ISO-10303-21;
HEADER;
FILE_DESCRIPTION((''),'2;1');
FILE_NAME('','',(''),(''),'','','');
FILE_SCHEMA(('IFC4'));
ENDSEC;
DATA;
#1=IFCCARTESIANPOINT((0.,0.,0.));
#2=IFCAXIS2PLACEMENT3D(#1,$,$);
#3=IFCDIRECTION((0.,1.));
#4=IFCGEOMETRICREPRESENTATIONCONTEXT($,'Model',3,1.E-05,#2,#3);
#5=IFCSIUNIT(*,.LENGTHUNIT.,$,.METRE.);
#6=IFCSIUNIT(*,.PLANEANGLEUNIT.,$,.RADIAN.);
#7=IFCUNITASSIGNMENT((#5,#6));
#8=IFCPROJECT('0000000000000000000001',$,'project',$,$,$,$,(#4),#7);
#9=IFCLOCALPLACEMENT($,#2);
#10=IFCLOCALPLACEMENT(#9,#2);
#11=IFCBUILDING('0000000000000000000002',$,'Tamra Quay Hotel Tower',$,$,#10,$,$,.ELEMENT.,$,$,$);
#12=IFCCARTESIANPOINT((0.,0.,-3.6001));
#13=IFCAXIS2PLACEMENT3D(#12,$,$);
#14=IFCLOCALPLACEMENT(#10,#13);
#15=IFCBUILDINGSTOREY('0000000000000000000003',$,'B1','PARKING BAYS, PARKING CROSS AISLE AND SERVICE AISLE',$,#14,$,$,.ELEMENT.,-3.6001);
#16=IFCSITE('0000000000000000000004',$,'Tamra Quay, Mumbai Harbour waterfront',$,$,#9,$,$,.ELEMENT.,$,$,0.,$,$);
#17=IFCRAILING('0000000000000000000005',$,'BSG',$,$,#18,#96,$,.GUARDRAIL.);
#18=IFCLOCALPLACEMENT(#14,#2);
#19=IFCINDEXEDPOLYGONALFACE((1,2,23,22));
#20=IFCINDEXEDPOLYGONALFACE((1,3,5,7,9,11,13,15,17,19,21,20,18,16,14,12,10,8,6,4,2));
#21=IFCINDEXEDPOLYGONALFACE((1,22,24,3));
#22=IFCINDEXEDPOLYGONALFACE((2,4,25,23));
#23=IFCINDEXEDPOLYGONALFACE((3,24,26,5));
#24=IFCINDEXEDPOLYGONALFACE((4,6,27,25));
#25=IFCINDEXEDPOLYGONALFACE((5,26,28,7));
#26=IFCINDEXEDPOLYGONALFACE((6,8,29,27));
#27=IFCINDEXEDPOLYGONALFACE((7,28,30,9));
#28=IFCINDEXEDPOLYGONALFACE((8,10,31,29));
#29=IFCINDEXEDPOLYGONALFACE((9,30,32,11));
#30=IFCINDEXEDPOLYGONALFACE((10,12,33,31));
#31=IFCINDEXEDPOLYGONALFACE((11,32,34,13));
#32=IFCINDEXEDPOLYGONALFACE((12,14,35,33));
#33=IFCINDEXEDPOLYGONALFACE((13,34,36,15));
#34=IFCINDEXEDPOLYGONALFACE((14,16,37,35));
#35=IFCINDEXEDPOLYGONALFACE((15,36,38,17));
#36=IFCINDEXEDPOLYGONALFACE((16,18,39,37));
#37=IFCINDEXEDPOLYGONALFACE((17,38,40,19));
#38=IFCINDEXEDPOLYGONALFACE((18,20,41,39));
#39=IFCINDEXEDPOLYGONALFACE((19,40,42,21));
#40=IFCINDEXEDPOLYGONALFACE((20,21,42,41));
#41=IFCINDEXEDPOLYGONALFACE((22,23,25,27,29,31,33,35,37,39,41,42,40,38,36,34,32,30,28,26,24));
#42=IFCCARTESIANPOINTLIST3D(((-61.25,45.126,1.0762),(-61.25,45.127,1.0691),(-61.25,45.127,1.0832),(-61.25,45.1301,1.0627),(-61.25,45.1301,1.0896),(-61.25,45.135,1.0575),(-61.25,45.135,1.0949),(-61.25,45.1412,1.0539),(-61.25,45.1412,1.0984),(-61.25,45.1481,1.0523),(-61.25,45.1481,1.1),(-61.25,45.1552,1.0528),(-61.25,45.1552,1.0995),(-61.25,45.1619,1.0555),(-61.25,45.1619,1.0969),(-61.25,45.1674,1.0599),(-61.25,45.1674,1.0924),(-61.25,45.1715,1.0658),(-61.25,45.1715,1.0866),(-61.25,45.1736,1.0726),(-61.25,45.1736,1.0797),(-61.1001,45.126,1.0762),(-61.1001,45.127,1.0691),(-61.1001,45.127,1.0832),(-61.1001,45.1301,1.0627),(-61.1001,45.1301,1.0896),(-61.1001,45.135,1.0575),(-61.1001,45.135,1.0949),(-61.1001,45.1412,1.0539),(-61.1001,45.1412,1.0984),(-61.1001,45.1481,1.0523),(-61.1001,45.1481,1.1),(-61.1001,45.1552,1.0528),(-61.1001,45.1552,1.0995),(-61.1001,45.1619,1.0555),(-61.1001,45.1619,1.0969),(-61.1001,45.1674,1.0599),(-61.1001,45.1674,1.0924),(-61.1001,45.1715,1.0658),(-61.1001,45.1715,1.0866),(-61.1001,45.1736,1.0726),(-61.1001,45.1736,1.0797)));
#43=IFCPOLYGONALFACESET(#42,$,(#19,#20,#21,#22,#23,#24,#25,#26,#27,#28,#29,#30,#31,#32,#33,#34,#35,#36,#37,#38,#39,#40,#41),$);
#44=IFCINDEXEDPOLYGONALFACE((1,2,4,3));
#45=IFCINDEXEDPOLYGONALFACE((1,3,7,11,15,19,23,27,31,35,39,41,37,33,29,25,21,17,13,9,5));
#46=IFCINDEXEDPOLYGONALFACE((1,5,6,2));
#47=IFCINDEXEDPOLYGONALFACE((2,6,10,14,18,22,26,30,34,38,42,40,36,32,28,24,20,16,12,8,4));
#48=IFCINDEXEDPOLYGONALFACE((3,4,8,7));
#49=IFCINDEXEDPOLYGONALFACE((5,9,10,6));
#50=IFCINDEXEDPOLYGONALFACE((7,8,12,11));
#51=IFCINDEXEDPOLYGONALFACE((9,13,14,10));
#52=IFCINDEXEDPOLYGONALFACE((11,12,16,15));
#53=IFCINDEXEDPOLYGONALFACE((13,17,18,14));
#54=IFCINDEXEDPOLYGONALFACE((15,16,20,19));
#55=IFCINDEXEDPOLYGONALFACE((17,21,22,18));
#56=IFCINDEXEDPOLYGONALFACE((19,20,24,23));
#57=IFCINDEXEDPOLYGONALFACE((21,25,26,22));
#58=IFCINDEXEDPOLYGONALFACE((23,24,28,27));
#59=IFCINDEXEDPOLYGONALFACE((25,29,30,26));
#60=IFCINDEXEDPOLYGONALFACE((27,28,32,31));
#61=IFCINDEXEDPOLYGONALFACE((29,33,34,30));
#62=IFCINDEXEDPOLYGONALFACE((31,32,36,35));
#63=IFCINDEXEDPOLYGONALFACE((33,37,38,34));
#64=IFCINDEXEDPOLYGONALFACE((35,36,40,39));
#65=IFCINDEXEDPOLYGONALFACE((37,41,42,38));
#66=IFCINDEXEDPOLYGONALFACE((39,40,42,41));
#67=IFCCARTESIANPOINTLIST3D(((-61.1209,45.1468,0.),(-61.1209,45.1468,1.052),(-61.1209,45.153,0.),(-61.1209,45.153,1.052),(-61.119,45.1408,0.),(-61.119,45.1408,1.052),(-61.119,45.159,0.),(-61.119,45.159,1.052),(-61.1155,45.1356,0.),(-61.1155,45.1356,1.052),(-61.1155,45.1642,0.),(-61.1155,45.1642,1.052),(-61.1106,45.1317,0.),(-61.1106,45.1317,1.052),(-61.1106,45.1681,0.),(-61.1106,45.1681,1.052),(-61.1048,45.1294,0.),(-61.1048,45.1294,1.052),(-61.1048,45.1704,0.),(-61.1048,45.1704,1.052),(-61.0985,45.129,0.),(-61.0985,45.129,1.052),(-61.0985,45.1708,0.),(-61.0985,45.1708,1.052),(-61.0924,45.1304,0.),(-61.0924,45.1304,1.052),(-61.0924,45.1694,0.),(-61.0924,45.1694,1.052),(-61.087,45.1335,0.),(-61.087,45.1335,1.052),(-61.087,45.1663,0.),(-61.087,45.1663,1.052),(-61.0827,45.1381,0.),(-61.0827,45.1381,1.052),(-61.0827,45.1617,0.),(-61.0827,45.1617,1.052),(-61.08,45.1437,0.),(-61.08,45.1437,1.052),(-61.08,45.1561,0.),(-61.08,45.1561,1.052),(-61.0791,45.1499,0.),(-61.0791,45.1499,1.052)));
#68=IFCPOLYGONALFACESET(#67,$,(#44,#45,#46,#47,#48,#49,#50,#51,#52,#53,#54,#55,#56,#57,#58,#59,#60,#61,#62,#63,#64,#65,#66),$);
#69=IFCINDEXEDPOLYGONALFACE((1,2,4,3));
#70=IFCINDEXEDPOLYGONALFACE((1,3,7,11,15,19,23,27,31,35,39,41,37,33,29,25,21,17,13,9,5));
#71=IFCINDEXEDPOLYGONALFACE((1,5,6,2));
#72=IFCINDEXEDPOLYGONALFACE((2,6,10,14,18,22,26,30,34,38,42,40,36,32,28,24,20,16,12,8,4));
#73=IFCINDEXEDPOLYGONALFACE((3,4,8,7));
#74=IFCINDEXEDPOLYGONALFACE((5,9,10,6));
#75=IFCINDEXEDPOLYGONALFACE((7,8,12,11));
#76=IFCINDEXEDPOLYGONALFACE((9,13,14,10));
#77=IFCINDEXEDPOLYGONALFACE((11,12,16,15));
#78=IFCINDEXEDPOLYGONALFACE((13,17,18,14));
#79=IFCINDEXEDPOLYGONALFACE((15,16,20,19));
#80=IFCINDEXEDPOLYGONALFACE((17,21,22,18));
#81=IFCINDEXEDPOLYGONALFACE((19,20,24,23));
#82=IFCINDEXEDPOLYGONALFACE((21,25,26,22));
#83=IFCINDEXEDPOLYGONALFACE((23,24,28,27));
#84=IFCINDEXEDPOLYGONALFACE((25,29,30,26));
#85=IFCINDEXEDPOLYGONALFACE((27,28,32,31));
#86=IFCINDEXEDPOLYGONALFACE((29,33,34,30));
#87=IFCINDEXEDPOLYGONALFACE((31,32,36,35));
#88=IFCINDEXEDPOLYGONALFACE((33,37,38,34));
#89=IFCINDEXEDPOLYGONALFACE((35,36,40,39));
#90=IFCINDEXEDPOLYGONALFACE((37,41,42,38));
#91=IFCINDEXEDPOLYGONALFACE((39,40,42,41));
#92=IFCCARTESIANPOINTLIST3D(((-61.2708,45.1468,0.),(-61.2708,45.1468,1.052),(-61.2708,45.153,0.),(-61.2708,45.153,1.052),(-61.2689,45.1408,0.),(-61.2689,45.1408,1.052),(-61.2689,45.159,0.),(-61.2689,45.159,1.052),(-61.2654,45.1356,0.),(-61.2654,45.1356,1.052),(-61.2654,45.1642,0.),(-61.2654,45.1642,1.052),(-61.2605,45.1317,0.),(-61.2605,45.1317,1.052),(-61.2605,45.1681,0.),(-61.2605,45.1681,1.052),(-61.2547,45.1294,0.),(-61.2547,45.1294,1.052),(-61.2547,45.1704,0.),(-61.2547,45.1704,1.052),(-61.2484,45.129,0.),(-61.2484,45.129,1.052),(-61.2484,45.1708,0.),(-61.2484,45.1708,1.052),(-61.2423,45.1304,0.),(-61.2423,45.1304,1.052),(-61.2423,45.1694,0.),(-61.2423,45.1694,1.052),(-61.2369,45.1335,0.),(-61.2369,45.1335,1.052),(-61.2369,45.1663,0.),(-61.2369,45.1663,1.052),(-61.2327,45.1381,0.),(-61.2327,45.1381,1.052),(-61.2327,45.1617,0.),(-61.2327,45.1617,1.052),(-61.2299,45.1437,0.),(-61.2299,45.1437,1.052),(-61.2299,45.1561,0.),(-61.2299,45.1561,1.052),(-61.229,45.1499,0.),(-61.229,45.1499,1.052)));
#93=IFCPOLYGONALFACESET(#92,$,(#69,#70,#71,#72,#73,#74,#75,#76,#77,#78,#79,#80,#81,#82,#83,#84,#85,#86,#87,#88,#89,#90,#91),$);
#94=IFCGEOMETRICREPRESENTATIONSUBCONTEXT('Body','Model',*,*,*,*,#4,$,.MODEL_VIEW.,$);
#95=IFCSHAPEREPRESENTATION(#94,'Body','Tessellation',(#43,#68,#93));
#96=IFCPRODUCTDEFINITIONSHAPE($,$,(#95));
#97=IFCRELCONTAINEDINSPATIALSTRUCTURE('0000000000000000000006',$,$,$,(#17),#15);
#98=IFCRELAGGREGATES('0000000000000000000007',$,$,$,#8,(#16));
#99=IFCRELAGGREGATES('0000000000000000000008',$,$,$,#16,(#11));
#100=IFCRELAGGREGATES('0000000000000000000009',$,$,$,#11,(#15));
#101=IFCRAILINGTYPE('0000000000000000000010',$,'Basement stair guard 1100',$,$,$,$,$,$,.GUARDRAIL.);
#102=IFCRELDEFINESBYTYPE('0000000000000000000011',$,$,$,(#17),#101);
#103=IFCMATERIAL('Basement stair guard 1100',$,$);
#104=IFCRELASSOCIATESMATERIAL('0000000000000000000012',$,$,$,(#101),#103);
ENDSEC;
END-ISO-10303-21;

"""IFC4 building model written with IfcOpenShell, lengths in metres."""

from ifc_helpers import new_model, si_unit, direction, frame, origin, origin_2d, place, context, subcontext, project, spatial, circle, extrude, material, type_object, element, save


model = new_model("IFC4")

# Units and contexts
model_context = context("Model", 3, precision=1e-05, world=origin(), true_north=direction((0.0, 1.0)))
body_context = subcontext(model_context, "Body", "Model", "MODEL_VIEW")
ifc_project = project(units=[si_unit("LENGTHUNIT", "METRE"), si_unit("PLANEANGLEUNIT", "RADIAN")], contexts=[model_context])

# Site, building, storey
site_placement = place(None, origin())
site = spatial("IfcSite", under=ifc_project, at=site_placement, Name="Tamra Quay, Mumbai Harbour waterfront", CompositionType="ELEMENT", RefElevation=0.0)
building_placement = place(site_placement, origin())
building = spatial("IfcBuilding", under=site, at=building_placement, Name="Tamra Quay Hotel Tower", CompositionType="ELEMENT")
storey_placement = place(building_placement, frame((0.0, 0.0, -3.6001)))
storey = spatial("IfcBuildingStorey", under=building, at=storey_placement, Name="B1", Description="PARKING BAYS, PARKING CROSS AISLE AND SERVICE AISLE", CompositionType="ELEMENT", Elevation=-3.6001)

# Railing
ifc_material_1 = material(Name="Basement stair guard 1100")
railing_type_1 = type_object("IfcRailingType", Name="Basement stair guard 1100", PredefinedType="GUARDRAIL", material=ifc_material_1)
railing_1_placement = place(storey_placement, frame((-61.1001, 45.1499, 0.0)))
element("IfcRailing", 1, at=railing_1_placement, inside=storey, type_object=railing_type_1, Name="BSG", PredefinedType="GUARDRAIL", context=body_context, shape_type="SweptSolid", body=[
    extrude(circle(Radius=0.0239, at=origin_2d()), frame((0.0, 0.0, 1.0762), z_axis=(-1.0, 0.0, 0.0), x_axis=(0.0, -1.0, 0.0)), (0.0, 0.0, 1.0), 0.1499),
    extrude(circle(Radius=0.021, at=origin_2d()), origin(), (0.0, 0.0, 1.0), 1.052),
    extrude(circle(Radius=0.021, at=origin_2d()), frame((-0.1499, 0.0, 0.0)), (0.0, 0.0, 1.0), 1.052),
])

save(model, "model.ifc")
